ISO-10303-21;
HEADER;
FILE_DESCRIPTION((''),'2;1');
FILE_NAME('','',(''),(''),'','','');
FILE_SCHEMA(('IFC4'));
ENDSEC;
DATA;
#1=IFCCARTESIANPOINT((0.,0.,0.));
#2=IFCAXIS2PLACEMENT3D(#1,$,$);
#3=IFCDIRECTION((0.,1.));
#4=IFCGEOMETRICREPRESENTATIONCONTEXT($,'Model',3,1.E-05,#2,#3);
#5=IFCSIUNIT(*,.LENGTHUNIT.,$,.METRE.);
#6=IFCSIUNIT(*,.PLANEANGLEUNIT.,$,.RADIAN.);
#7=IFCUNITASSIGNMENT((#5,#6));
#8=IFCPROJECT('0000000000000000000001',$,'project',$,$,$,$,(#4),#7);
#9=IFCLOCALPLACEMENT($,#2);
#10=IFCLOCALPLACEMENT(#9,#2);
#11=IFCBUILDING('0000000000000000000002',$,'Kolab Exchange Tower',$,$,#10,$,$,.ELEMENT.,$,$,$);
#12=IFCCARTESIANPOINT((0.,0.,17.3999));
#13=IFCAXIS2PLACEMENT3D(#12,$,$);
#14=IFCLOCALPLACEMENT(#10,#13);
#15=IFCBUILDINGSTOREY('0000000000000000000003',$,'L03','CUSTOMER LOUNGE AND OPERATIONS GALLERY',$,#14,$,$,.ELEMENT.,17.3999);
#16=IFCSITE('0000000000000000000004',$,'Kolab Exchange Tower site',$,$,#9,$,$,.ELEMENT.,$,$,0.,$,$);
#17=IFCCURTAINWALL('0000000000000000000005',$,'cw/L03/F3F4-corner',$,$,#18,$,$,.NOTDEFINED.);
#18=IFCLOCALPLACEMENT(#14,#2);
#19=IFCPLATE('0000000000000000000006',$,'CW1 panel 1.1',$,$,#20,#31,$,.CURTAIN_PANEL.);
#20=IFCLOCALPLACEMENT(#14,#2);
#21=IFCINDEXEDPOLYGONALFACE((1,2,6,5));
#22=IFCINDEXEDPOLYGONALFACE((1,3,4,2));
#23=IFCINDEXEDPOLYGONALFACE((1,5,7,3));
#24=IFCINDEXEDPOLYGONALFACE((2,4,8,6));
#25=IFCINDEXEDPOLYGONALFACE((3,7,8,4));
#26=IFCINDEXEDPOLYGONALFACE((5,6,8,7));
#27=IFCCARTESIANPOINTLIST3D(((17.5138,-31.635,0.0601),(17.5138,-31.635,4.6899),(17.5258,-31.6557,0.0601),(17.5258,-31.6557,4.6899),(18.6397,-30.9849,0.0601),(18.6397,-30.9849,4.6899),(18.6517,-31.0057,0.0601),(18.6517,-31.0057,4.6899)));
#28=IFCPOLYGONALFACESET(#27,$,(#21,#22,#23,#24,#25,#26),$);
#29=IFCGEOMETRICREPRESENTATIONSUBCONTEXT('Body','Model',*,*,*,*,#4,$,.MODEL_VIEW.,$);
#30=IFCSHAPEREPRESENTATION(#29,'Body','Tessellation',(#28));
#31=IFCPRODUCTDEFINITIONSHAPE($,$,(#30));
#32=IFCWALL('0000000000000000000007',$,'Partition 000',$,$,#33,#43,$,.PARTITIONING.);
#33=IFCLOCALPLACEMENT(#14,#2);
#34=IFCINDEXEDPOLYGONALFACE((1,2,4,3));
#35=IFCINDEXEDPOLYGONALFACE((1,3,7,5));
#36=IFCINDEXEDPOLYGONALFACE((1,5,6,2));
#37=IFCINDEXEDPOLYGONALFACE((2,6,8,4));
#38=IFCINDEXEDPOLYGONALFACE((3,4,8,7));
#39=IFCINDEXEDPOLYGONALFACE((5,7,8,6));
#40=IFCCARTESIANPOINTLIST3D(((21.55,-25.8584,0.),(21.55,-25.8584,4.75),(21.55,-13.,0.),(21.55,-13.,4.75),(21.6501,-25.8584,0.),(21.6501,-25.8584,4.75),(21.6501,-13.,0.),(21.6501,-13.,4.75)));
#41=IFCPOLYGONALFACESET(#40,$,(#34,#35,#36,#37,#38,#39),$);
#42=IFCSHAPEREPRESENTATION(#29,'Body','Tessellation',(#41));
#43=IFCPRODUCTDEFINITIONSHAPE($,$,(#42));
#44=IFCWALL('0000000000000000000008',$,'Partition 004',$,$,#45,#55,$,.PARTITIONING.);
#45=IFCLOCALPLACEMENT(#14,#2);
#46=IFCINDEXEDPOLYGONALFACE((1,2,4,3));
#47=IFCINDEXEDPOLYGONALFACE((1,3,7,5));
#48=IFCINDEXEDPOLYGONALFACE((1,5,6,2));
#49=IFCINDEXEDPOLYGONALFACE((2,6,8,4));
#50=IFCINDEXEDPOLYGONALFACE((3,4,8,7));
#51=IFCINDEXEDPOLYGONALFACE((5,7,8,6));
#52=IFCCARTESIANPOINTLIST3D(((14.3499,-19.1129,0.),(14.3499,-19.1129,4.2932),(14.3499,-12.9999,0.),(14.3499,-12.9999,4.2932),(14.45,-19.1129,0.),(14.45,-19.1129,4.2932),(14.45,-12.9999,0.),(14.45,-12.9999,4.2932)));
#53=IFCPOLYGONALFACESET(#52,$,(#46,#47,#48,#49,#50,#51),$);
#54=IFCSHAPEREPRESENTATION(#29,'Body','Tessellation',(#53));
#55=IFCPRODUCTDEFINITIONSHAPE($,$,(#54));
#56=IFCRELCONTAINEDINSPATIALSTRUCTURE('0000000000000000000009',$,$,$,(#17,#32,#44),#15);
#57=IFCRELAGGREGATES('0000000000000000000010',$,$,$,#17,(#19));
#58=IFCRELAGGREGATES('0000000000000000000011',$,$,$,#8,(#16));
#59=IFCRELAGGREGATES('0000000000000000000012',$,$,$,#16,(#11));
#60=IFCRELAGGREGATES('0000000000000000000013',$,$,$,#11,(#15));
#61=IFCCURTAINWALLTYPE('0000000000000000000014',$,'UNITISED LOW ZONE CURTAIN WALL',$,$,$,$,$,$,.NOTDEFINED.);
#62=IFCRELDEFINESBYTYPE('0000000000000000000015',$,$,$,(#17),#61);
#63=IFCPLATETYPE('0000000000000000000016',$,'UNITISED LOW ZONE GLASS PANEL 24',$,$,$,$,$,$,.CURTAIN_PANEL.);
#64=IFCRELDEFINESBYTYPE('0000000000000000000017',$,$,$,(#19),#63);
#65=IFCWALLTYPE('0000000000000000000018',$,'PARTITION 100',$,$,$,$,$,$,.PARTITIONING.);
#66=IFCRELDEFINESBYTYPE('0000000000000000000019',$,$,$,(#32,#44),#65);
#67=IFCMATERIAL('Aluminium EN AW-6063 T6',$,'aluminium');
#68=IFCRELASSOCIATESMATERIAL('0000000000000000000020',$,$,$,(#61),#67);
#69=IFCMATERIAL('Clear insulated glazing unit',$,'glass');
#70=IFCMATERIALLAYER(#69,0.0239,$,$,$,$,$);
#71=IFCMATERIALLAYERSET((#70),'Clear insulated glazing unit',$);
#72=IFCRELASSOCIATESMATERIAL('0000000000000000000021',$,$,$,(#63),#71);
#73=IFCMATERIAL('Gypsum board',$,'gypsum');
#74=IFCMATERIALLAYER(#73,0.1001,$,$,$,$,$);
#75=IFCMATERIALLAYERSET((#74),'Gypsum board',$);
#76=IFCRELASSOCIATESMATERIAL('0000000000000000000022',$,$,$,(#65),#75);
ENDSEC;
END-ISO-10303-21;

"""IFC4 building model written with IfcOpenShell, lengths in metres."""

from ifc_helpers import new_model, si_unit, direction, frame, frame_2d, origin, origin_2d, place, context, subcontext, project, spatial, rectangle, extrude, material, layer, layer_set, type_object, element, aggregate, save


model = new_model("IFC4")

# Units and contexts
model_context = context("Model", 3, precision=1e-05, world=origin(), true_north=direction((0.0, 1.0)))
body_context = subcontext(model_context, "Body", "Model", "MODEL_VIEW")
ifc_project = project(units=[si_unit("LENGTHUNIT", "METRE"), si_unit("PLANEANGLEUNIT", "RADIAN")], contexts=[model_context])

# Site, building, storey
site_placement = place(None, origin())
site = spatial("IfcSite", under=ifc_project, at=site_placement, Name="Kolab Exchange Tower site", CompositionType="ELEMENT", RefElevation=0.0)
building_placement = place(site_placement, origin())
building = spatial("IfcBuilding", under=site, at=building_placement, Name="Kolab Exchange Tower", CompositionType="ELEMENT")
storey_placement = place(building_placement, frame((0.0, 0.0, 17.3999)))
storey = spatial("IfcBuildingStorey", under=building, at=storey_placement, Name="L03", Description="CUSTOMER LOUNGE AND OPERATIONS GALLERY", CompositionType="ELEMENT", Elevation=17.3999)

# Shared definitions
ifc_material_1 = material(Name="Aluminium EN AW-6063 T6", Category="aluminium")
curtain_wall_type = type_object("IfcCurtainWallType", Name="UNITISED LOW ZONE CURTAIN WALL", PredefinedType="NOTDEFINED", material=ifc_material_1)

# Curtain wall
curtain_wall_1_placement = place(storey_placement, origin())
curtain_wall_1 = element("IfcCurtainWall", 1, at=curtain_wall_1_placement, inside=storey, type_object=curtain_wall_type, Name="cw/L03/F3F4-corner", PredefinedType="NOTDEFINED")

# Plate
ifc_material_2 = material(Name="Clear insulated glazing unit", Category="glass")
ifc_layer_1 = layer(ifc_material_2, 0.0239)
ifc_layer_set_1 = layer_set([ifc_layer_1], Name="Clear insulated glazing unit")
plate_type_1 = type_object("IfcPlateType", Name="UNITISED LOW ZONE GLASS PANEL 24", PredefinedType="CURTAIN_PANEL", material=ifc_layer_set_1)
plate_1_placement = place(storey_placement, frame((18.0828, -31.3203, 0.0601), z_axis=(0.0, 0.0, 1.0), x_axis=(-0.866025, -0.5, 0.0)))
plate_1 = element("IfcPlate", 2, at=plate_1_placement, type_object=plate_type_1, Name="CW1 panel 1.1", PredefinedType="CURTAIN_PANEL", context=body_context, shape_type="SweptSolid", body=[
    extrude(rectangle(XDim=1.3, YDim=0.0239, at=origin_2d()), origin(), (0.0, 0.0, 1.0), 4.6299),
])
aggregate(curtain_wall_1, [plate_1])

# Walls
ifc_material_3 = material(Name="Gypsum board", Category="gypsum")
ifc_layer_2 = layer(ifc_material_3, 0.1001)
ifc_layer_set_2 = layer_set([ifc_layer_2], Name="Gypsum board")
wall_type = type_object("IfcWallType", Name="PARTITION 100", PredefinedType="PARTITIONING", material=ifc_layer_set_2)
wall_1_placement = place(storey_placement, frame((21.6001, -25.8584, 0.0), z_axis=(0.0, 0.0, 1.0), x_axis=(0.0, 1.0, 0.0)))
element("IfcWall", 3, at=wall_1_placement, inside=storey, type_object=wall_type, Name="Partition 000", PredefinedType="PARTITIONING", context=body_context, shape_type="SweptSolid", body=[
    extrude(rectangle(XDim=12.8584, YDim=0.1001, at=frame_2d((6.4292, 0.0))), origin(), (0.0, 0.0, 1.0), 4.75),
])
wall_2_placement = place(storey_placement, frame((14.3999, -19.113, 0.0), z_axis=(0.0, 0.0, 1.0), x_axis=(0.0, 1.0, 0.0)))
element("IfcWall", 4, at=wall_2_placement, inside=storey, type_object=wall_type, Name="Partition 004", PredefinedType="PARTITIONING", context=body_context, shape_type="SweptSolid", body=[
    extrude(rectangle(XDim=6.113, YDim=0.1001, at=frame_2d((3.0566, 0.0))), origin(), (0.0, 0.0, 1.0), 4.2932),
])

save(model, "model.ifc")
